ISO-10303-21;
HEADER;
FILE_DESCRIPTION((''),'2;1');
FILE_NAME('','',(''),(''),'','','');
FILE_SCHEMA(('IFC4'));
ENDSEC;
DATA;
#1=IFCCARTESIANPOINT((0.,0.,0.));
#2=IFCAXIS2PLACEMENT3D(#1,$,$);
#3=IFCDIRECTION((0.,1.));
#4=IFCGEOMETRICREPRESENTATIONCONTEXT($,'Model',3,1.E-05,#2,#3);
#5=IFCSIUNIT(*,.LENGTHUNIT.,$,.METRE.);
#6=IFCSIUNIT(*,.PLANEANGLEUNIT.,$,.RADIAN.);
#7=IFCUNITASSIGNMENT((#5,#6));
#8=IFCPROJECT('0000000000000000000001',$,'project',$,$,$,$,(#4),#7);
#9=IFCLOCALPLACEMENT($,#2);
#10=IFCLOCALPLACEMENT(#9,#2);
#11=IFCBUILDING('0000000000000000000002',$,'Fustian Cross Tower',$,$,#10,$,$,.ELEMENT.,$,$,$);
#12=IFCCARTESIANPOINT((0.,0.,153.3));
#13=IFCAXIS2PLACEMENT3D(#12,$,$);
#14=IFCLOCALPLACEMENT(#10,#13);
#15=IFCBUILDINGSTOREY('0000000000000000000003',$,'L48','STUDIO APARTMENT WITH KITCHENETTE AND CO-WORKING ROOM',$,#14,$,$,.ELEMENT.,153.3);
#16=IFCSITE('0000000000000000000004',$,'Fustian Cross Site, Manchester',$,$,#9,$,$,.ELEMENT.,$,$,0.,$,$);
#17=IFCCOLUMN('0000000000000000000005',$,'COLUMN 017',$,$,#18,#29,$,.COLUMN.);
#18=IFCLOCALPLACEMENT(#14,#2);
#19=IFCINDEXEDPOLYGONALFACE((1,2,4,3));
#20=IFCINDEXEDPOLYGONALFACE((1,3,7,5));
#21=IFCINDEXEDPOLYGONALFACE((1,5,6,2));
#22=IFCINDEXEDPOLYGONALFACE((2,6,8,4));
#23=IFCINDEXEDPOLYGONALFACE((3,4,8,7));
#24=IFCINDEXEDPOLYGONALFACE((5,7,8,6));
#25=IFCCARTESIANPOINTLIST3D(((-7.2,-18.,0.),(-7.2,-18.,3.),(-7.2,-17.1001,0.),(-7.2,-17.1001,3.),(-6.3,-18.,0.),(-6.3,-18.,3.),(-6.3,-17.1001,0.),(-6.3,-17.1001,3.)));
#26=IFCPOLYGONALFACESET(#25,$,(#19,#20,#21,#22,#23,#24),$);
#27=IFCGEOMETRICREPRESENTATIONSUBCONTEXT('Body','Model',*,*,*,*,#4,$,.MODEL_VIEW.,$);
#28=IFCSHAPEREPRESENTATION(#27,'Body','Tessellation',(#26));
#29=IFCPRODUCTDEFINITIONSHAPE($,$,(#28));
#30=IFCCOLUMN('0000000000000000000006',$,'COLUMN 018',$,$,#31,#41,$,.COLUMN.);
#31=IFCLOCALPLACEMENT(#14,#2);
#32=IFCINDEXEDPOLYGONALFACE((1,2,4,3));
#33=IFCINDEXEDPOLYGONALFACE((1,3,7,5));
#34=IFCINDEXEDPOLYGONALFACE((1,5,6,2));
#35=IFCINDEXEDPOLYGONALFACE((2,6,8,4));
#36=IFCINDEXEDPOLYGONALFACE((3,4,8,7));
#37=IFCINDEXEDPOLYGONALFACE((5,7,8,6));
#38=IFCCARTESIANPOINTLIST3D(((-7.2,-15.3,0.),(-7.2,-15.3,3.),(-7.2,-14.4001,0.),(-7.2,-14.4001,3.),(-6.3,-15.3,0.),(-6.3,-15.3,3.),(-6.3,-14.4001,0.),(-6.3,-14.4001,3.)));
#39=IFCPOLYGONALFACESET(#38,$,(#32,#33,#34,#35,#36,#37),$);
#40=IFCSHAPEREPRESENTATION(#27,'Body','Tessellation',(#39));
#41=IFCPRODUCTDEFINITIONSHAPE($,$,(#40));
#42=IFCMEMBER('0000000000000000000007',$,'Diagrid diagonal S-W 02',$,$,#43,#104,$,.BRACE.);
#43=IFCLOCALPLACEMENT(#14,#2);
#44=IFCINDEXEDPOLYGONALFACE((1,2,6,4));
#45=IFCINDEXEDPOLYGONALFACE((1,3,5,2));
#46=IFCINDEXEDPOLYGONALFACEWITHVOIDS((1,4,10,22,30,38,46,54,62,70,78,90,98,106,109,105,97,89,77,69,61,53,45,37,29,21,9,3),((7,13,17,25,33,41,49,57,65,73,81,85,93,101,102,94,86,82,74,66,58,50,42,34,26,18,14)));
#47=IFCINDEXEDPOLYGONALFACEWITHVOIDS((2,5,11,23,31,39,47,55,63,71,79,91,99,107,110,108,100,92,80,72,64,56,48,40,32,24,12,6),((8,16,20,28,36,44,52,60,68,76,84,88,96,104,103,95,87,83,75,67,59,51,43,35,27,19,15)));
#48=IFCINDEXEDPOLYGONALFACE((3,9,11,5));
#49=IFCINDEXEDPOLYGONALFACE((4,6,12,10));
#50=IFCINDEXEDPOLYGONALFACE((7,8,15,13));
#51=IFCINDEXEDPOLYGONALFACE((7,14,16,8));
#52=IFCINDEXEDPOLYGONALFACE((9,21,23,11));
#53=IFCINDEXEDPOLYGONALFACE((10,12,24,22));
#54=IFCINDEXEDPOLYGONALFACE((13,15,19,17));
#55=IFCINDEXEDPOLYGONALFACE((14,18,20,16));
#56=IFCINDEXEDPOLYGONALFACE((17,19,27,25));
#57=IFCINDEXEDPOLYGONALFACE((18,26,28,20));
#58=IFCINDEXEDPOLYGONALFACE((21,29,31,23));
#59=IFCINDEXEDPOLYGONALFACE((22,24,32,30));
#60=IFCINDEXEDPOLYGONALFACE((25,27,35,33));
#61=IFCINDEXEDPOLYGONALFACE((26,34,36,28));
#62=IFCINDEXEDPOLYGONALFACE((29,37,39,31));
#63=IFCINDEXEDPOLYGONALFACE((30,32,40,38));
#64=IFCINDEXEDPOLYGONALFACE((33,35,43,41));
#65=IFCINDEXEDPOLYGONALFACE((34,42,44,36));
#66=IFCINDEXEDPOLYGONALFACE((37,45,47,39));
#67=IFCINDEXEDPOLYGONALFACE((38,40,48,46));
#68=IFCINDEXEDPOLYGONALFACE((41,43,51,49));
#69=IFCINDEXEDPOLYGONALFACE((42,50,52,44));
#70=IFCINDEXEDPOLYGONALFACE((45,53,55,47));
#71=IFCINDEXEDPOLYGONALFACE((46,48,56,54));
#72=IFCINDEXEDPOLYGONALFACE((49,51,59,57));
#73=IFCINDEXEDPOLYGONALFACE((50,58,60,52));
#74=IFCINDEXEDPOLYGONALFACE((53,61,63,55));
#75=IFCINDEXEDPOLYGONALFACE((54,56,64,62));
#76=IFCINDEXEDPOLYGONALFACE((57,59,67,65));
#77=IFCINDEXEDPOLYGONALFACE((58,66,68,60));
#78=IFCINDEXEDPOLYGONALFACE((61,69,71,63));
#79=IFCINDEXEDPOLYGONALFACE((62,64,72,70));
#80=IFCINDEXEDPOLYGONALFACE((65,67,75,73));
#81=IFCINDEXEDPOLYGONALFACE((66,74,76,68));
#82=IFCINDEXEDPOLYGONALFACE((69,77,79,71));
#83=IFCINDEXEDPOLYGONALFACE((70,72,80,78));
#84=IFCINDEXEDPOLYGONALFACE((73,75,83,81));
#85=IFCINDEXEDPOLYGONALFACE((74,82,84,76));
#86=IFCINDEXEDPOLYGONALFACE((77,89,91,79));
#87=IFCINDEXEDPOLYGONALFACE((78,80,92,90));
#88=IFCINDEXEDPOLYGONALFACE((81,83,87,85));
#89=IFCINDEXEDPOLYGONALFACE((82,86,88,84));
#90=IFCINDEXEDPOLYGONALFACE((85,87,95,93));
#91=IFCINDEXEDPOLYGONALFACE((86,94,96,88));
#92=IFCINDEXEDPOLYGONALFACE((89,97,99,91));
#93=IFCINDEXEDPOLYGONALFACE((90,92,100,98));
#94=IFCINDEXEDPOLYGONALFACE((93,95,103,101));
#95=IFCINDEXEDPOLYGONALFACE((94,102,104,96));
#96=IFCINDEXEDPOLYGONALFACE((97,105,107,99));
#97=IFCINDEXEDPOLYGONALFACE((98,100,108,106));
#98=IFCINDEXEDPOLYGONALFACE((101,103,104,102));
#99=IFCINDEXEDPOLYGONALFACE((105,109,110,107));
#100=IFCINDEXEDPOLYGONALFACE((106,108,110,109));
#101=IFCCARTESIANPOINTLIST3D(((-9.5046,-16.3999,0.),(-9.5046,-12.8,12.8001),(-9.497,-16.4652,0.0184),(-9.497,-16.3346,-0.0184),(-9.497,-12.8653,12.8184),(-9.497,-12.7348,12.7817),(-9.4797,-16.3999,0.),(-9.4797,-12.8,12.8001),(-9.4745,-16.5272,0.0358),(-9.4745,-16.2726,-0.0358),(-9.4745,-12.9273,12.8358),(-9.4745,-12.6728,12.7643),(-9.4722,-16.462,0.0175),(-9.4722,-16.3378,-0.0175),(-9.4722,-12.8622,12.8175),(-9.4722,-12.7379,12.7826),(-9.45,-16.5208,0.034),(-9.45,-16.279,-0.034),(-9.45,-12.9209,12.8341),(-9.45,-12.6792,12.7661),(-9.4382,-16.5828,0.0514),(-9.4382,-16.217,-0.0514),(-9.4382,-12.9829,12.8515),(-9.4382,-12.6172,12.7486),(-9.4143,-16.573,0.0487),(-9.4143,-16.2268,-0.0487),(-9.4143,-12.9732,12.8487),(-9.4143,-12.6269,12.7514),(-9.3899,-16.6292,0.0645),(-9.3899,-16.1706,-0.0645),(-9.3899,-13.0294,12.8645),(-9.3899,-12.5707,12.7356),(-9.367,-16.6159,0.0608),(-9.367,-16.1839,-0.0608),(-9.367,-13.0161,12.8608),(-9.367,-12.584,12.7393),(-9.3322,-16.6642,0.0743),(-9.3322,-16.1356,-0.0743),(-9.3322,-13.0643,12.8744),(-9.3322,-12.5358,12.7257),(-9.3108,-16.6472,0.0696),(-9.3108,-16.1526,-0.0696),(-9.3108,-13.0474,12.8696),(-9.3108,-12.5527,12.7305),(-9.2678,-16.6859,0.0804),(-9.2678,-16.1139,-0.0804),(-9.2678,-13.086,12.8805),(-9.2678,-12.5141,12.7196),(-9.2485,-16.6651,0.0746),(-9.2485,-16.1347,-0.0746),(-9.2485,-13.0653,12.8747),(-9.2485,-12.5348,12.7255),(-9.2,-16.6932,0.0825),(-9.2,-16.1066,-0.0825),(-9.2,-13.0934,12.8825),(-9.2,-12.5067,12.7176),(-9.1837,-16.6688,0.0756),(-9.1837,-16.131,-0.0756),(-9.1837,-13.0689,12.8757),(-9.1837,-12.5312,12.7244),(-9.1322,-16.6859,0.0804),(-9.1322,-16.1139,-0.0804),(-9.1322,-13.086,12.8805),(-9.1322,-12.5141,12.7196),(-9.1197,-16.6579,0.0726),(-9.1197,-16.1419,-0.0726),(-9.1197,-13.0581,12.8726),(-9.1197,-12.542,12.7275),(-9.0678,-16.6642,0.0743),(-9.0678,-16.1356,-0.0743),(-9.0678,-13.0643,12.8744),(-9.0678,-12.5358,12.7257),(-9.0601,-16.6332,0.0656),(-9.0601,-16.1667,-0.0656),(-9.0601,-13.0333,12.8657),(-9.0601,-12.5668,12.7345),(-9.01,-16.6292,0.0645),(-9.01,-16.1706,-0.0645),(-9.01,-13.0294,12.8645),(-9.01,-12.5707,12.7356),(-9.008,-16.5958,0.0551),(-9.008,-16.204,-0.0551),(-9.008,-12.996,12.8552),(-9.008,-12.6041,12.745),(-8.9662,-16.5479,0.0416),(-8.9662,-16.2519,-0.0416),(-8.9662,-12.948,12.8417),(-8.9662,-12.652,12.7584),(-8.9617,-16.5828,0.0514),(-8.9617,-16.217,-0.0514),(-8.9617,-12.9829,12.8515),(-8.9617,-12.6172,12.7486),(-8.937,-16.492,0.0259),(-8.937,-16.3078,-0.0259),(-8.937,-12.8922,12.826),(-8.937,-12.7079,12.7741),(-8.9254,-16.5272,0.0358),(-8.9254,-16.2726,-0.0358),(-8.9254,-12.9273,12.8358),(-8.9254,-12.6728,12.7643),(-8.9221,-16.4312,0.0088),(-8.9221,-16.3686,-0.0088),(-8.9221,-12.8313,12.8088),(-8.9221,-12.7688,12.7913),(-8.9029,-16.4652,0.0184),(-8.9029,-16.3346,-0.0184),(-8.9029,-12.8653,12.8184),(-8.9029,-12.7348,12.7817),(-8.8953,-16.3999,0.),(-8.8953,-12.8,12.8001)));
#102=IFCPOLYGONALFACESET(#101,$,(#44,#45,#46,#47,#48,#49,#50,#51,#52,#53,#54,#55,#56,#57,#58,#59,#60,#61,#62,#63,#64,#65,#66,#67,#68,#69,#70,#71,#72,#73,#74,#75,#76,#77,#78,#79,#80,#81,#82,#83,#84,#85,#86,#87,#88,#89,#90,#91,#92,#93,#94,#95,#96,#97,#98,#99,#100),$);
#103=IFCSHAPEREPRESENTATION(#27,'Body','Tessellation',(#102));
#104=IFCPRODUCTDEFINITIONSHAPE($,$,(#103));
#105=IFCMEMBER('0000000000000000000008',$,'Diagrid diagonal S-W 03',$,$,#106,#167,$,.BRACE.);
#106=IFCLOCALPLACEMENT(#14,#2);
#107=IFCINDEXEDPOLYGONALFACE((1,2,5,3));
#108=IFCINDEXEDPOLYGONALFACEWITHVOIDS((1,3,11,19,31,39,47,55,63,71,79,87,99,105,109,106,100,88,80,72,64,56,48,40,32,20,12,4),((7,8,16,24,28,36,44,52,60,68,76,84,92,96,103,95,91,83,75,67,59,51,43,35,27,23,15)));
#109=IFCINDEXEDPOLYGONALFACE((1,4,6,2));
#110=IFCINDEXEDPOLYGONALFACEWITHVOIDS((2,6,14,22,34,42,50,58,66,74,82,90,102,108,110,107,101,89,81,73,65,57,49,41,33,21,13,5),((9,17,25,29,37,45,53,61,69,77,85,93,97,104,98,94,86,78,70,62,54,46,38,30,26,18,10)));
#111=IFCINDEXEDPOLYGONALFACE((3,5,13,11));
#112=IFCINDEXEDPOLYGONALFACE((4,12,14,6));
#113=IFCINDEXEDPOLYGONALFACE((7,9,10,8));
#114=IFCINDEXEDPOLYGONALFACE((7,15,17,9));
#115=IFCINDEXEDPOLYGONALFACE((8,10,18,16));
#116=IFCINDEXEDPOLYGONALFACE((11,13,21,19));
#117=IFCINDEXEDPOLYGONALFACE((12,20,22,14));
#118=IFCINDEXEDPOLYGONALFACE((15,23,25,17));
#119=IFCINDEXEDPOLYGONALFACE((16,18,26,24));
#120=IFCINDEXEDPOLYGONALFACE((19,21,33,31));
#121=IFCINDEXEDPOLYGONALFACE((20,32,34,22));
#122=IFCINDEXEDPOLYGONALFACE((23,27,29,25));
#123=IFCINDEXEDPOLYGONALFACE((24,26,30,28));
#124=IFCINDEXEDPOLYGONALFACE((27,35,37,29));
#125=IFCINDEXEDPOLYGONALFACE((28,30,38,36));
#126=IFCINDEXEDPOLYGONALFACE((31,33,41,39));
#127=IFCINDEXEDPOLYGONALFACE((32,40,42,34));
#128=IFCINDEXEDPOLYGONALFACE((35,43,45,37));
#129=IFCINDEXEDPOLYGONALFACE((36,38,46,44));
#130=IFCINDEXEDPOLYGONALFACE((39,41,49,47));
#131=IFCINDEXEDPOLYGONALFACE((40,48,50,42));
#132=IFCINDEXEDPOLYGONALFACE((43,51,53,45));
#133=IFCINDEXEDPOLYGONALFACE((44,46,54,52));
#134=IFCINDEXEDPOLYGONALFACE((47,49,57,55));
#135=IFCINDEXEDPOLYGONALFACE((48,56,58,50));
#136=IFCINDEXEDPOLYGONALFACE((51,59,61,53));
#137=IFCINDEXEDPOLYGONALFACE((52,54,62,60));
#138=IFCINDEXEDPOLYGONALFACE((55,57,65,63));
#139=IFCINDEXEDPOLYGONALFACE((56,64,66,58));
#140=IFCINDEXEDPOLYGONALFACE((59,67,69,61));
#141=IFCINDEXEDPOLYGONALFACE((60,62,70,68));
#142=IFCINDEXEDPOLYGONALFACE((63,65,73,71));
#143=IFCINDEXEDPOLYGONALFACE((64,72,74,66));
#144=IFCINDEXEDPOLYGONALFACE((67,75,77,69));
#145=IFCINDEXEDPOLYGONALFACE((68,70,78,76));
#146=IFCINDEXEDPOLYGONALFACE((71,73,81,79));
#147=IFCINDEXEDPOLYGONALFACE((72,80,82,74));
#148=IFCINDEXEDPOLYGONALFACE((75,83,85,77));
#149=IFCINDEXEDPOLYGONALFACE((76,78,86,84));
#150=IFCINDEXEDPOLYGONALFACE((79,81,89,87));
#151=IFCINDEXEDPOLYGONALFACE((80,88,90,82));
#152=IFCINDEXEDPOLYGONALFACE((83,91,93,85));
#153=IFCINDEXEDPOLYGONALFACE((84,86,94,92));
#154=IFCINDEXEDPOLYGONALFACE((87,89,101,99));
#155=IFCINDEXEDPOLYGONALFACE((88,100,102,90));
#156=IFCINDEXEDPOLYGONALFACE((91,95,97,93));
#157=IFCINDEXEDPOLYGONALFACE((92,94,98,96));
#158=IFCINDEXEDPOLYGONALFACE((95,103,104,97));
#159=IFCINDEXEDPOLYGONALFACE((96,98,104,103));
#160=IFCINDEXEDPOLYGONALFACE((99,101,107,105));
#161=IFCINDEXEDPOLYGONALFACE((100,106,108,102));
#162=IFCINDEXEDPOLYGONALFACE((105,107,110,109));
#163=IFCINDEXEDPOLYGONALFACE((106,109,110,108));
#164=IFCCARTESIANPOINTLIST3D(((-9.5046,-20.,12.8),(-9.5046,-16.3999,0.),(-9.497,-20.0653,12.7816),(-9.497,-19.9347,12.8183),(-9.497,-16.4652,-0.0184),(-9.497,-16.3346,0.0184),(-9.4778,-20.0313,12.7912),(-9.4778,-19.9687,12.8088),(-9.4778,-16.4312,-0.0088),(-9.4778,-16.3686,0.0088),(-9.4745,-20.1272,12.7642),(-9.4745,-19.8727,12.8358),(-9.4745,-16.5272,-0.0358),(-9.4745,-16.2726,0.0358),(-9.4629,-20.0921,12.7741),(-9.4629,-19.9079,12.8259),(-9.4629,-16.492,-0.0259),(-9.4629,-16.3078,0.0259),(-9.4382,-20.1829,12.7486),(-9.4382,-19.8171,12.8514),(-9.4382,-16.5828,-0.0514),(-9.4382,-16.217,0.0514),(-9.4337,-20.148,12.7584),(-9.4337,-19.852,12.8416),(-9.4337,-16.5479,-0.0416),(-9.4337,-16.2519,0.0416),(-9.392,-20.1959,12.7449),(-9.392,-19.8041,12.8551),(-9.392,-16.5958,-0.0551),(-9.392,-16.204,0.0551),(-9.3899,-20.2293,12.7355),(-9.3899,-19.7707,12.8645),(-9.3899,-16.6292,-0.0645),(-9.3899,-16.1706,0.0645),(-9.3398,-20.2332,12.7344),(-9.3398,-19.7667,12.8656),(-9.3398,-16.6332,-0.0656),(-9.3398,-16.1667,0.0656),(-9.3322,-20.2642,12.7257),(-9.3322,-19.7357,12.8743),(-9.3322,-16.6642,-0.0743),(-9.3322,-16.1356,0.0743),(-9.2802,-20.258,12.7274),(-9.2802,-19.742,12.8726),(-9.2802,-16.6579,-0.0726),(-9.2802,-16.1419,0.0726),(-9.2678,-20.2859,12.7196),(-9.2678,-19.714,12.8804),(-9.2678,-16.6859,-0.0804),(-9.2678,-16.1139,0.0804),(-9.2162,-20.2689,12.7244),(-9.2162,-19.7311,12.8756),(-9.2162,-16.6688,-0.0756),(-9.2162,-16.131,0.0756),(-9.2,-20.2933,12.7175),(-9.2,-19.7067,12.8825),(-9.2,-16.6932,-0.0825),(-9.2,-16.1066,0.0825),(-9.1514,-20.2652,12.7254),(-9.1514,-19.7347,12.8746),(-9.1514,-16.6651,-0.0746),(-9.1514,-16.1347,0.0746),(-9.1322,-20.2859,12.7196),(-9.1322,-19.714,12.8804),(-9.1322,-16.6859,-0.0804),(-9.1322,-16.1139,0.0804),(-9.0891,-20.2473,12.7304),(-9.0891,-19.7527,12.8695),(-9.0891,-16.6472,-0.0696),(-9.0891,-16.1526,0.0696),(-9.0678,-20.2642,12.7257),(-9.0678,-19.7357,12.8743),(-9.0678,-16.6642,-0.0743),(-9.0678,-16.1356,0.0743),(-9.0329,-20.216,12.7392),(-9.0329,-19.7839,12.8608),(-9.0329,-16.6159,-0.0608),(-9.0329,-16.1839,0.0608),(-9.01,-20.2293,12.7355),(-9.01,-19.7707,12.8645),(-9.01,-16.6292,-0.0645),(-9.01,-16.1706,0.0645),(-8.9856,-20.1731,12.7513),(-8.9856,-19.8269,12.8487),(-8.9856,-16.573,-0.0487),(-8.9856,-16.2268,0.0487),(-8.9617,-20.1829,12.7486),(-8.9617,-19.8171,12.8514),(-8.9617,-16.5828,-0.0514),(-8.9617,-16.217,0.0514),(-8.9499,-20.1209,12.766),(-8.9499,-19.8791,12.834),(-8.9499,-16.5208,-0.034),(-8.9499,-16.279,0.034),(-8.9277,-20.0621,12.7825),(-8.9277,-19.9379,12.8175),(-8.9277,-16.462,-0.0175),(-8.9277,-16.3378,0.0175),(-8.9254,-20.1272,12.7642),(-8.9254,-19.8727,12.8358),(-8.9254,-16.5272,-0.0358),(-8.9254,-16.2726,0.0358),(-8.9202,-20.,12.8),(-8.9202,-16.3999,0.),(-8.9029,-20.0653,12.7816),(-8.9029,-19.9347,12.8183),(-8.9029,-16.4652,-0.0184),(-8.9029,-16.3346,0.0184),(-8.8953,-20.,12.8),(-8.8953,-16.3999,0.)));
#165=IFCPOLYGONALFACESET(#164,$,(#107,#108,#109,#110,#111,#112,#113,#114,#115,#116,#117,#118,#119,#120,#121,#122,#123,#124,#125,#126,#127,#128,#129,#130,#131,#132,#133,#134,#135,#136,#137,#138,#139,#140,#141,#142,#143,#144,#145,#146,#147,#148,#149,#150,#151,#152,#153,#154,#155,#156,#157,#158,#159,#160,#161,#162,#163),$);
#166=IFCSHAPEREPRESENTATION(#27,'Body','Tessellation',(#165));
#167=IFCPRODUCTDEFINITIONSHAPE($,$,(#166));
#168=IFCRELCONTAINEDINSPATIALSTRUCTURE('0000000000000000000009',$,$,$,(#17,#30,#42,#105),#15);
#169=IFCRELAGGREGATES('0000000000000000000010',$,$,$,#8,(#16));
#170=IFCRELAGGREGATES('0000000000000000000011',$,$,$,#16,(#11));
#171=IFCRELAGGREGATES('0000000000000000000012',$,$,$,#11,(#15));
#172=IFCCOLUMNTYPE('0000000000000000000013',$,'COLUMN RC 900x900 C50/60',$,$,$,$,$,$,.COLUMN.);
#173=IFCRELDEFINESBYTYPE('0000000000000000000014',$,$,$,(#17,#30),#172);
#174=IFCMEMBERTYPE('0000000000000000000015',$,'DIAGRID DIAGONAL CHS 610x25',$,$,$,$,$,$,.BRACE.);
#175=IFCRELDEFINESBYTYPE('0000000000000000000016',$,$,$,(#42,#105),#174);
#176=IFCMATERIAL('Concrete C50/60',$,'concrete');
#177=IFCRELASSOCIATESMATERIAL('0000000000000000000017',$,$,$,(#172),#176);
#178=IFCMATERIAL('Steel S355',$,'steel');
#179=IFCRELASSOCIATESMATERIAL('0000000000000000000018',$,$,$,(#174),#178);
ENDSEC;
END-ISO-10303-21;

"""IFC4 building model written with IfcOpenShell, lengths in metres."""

from ifc_helpers import new_model, si_unit, direction, frame, origin, origin_2d, place, context, subcontext, project, spatial, rectangle, hollow_circle, extrude, material, material_profile, profile_set, type_object, element, save


model = new_model("IFC4")

# Units and contexts
model_context = context("Model", 3, precision=1e-05, world=origin(), true_north=direction((0.0, 1.0)))
body_context = subcontext(model_context, "Body", "Model", "MODEL_VIEW")
ifc_project = project(units=[si_unit("LENGTHUNIT", "METRE"), si_unit("PLANEANGLEUNIT", "RADIAN")], contexts=[model_context])

# Site, building, storey
site_placement = place(None, origin())
site = spatial("IfcSite", under=ifc_project, at=site_placement, Name="Fustian Cross Site, Manchester", CompositionType="ELEMENT", RefElevation=0.0)
building_placement = place(site_placement, origin())
building = spatial("IfcBuilding", under=site, at=building_placement, Name="Fustian Cross Tower", CompositionType="ELEMENT")
storey_placement = place(building_placement, frame((0.0, 0.0, 153.3)))
storey = spatial("IfcBuildingStorey", under=building, at=storey_placement, Name="L48", Description="STUDIO APARTMENT WITH KITCHENETTE AND CO-WORKING ROOM", CompositionType="ELEMENT", Elevation=153.3)

# Columns
ifc_material_1 = material(Name="Concrete C50/60", Category="concrete")
ifc_material_profile_1 = material_profile(ifc_material_1, rectangle(XDim=0.8999, YDim=0.8999, at=origin_2d()), Name="RC 900x900")
ifc_profile_set_1 = profile_set([ifc_material_profile_1], Name="Concrete C50/60")
column_type = type_object("IfcColumnType", Name="COLUMN RC 900x900 C50/60", PredefinedType="COLUMN", material=ifc_profile_set_1)
for number, where, z_axis, x_axis, name in (
    (1, (-6.75, -17.55, 0.0), (0.0, 0.0, 1.0), (1.0, 0.0, 0.0), "COLUMN 017"),
    (2, (-6.75, -14.8501, 0.0), (0.0, 0.0, 1.0), (1.0, 0.0, 0.0), "COLUMN 018"),
):
    element("IfcColumn", number, at=place(storey_placement, frame(where, z_axis=z_axis, x_axis=x_axis)), inside=storey, type_object=column_type, Name=name, PredefinedType="COLUMN", context=body_context, shape_type="SweptSolid", body=[
        extrude(rectangle(XDim=0.8999, YDim=0.8999, at=origin_2d()), origin(), (0.0, 0.0, 1.0), 3.0),
    ])

# Members
ifc_material_2 = material(Name="Steel S355", Category="steel")
ifc_material_profile_2 = material_profile(ifc_material_2, hollow_circle(Radius=0.3047, WallThickness=0.0249, at=origin_2d()), Name="CHS 610x25")
ifc_profile_set_2 = profile_set([ifc_material_profile_2], Name="Steel S355")
member_type_1 = type_object("IfcMemberType", Name="DIAGRID DIAGONAL CHS 610x25", PredefinedType="BRACE", material=ifc_profile_set_2)
for number, where, z_axis, x_axis, name in (
    (3, (-9.2, -16.3999, 0.0), (0.0, 0.270734, 0.962654), (-1.0, 0.0, 0.0), "Diagrid diagonal S-W 02"),
    (4, (-9.2, -16.3999, 0.0), (0.0, -0.270751, 0.962649), (1.0, 0.0, 0.0), "Diagrid diagonal S-W 03"),
):
    element("IfcMember", number, at=place(storey_placement, frame(where, z_axis=z_axis, x_axis=x_axis)), inside=storey, type_object=member_type_1, Name=name, PredefinedType="BRACE", context=body_context, shape_type="SweptSolid", body=[
        extrude(hollow_circle(Radius=0.3047, WallThickness=0.0249, at=origin_2d()), origin(), (0.0, 0.0, 1.0), 13.2966),
    ])

save(model, "model.ifc")
